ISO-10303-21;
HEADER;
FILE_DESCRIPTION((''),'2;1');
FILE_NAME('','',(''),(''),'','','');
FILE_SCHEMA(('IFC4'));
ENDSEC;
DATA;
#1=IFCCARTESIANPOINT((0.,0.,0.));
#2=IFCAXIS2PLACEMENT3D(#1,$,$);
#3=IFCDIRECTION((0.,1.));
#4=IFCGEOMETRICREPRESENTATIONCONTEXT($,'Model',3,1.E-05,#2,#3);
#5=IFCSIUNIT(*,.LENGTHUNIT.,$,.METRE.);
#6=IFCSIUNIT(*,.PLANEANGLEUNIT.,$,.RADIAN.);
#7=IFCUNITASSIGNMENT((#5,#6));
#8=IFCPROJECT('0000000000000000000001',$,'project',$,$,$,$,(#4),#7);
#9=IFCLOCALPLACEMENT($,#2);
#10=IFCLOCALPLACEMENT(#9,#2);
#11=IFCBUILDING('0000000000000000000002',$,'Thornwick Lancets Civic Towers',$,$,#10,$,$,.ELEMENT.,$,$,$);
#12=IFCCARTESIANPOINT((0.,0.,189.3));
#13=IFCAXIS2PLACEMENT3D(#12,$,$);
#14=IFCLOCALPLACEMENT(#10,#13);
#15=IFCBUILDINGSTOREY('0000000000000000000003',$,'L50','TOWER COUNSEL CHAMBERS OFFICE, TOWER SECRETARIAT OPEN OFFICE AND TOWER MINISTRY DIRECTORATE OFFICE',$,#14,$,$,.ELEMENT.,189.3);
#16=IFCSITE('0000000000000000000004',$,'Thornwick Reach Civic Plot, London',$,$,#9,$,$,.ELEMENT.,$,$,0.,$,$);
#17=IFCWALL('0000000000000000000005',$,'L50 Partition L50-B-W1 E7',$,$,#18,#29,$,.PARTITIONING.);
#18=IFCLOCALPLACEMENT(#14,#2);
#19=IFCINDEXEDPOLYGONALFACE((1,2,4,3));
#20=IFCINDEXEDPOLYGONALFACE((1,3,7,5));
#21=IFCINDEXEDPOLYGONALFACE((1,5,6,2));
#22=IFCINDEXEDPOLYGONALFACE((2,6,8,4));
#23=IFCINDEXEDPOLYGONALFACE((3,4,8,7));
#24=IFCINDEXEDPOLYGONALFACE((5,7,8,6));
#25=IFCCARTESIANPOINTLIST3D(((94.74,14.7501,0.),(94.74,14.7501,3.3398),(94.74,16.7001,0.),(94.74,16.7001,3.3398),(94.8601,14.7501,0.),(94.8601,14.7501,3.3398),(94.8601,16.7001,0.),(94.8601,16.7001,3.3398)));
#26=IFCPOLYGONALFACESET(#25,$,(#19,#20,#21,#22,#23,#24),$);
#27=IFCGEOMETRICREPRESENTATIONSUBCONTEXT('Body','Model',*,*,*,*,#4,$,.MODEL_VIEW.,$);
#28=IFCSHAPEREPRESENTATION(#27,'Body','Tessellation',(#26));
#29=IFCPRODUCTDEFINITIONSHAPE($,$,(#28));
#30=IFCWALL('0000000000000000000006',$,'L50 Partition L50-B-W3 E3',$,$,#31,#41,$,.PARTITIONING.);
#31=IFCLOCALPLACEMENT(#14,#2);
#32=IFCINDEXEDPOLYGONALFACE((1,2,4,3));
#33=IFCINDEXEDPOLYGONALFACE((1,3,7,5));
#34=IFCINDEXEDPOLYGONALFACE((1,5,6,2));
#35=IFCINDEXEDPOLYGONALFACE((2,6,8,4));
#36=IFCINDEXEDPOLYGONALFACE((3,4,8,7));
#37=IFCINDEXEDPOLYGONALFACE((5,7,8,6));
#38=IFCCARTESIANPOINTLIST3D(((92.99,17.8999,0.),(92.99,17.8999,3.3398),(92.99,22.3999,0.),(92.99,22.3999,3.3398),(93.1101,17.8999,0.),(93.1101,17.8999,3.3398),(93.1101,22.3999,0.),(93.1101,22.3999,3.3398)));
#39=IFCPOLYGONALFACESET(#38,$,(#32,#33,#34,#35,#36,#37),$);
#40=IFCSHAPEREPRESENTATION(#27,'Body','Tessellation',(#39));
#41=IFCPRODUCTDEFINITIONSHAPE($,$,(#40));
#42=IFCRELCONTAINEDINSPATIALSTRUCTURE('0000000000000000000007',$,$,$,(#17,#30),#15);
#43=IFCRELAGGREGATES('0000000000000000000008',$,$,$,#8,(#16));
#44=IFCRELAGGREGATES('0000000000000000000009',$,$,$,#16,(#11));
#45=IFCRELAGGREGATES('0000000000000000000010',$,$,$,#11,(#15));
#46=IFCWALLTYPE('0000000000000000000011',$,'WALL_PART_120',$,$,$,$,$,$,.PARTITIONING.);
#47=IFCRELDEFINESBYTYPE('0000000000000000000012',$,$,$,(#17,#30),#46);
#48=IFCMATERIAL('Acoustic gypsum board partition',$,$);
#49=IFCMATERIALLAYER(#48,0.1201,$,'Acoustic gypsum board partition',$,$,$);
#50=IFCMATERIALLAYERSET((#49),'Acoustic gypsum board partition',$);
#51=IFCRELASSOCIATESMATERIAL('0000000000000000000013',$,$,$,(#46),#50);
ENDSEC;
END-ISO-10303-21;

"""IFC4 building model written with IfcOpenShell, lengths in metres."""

from ifc_helpers import new_model, si_unit, direction, frame, frame_2d, origin, place, context, subcontext, project, spatial, rectangle, extrude, material, layer, layer_set, type_object, element, save


model = new_model("IFC4")

# Units and contexts
model_context = context("Model", 3, precision=1e-05, world=origin(), true_north=direction((0.0, 1.0)))
body_context = subcontext(model_context, "Body", "Model", "MODEL_VIEW")
ifc_project = project(units=[si_unit("LENGTHUNIT", "METRE"), si_unit("PLANEANGLEUNIT", "RADIAN")], contexts=[model_context])

# Site, building, storey
site_placement = place(None, origin())
site = spatial("IfcSite", under=ifc_project, at=site_placement, Name="Thornwick Reach Civic Plot, London", CompositionType="ELEMENT", RefElevation=0.0)
building_placement = place(site_placement, origin())
building = spatial("IfcBuilding", under=site, at=building_placement, Name="Thornwick Lancets Civic Towers", CompositionType="ELEMENT")
storey_placement = place(building_placement, frame((0.0, 0.0, 189.3)))
storey = spatial("IfcBuildingStorey", under=building, at=storey_placement, Name="L50", Description="TOWER COUNSEL CHAMBERS OFFICE, TOWER SECRETARIAT OPEN OFFICE AND TOWER MINISTRY DIRECTORATE OFFICE", CompositionType="ELEMENT", Elevation=189.3)

# Shared definitions
ifc_material_1 = material(Name="Acoustic gypsum board partition")
ifc_layer_1 = layer(ifc_material_1, 0.1201, Name="Acoustic gypsum board partition")
ifc_layer_set_1 = layer_set([ifc_layer_1], Name="Acoustic gypsum board partition")
wall_type_1 = type_object("IfcWallType", Name="WALL_PART_120", PredefinedType="PARTITIONING", material=ifc_layer_set_1)

# Walls
wall_1_placement = place(storey_placement, frame((94.8, 14.75, 0.0), z_axis=(0.0, 0.0, 1.0), x_axis=(0.0, 1.0, 0.0)))
element("IfcWall", 1, at=wall_1_placement, inside=storey, type_object=wall_type_1, Name="L50 Partition L50-B-W1 E7", PredefinedType="PARTITIONING", context=body_context, shape_type="SweptSolid", body=[
    extrude(rectangle(XDim=1.95, YDim=0.1201, at=frame_2d((0.9751, 0.0))), origin(), (0.0, 0.0, 1.0), 3.3398),
])
wall_2_placement = place(storey_placement, frame((93.05, 22.3999, 0.0), z_axis=(0.0, 0.0, 1.0), x_axis=(0.0, -1.0, 0.0)))
element("IfcWall", 2, at=wall_2_placement, inside=storey, type_object=wall_type_1, Name="L50 Partition L50-B-W3 E3", PredefinedType="PARTITIONING", context=body_context, shape_type="SweptSolid", body=[
    extrude(rectangle(XDim=4.5, YDim=0.1201, at=frame_2d((2.25, 0.0))), origin(), (0.0, 0.0, 1.0), 3.3398),
])

save(model, "model.ifc")
